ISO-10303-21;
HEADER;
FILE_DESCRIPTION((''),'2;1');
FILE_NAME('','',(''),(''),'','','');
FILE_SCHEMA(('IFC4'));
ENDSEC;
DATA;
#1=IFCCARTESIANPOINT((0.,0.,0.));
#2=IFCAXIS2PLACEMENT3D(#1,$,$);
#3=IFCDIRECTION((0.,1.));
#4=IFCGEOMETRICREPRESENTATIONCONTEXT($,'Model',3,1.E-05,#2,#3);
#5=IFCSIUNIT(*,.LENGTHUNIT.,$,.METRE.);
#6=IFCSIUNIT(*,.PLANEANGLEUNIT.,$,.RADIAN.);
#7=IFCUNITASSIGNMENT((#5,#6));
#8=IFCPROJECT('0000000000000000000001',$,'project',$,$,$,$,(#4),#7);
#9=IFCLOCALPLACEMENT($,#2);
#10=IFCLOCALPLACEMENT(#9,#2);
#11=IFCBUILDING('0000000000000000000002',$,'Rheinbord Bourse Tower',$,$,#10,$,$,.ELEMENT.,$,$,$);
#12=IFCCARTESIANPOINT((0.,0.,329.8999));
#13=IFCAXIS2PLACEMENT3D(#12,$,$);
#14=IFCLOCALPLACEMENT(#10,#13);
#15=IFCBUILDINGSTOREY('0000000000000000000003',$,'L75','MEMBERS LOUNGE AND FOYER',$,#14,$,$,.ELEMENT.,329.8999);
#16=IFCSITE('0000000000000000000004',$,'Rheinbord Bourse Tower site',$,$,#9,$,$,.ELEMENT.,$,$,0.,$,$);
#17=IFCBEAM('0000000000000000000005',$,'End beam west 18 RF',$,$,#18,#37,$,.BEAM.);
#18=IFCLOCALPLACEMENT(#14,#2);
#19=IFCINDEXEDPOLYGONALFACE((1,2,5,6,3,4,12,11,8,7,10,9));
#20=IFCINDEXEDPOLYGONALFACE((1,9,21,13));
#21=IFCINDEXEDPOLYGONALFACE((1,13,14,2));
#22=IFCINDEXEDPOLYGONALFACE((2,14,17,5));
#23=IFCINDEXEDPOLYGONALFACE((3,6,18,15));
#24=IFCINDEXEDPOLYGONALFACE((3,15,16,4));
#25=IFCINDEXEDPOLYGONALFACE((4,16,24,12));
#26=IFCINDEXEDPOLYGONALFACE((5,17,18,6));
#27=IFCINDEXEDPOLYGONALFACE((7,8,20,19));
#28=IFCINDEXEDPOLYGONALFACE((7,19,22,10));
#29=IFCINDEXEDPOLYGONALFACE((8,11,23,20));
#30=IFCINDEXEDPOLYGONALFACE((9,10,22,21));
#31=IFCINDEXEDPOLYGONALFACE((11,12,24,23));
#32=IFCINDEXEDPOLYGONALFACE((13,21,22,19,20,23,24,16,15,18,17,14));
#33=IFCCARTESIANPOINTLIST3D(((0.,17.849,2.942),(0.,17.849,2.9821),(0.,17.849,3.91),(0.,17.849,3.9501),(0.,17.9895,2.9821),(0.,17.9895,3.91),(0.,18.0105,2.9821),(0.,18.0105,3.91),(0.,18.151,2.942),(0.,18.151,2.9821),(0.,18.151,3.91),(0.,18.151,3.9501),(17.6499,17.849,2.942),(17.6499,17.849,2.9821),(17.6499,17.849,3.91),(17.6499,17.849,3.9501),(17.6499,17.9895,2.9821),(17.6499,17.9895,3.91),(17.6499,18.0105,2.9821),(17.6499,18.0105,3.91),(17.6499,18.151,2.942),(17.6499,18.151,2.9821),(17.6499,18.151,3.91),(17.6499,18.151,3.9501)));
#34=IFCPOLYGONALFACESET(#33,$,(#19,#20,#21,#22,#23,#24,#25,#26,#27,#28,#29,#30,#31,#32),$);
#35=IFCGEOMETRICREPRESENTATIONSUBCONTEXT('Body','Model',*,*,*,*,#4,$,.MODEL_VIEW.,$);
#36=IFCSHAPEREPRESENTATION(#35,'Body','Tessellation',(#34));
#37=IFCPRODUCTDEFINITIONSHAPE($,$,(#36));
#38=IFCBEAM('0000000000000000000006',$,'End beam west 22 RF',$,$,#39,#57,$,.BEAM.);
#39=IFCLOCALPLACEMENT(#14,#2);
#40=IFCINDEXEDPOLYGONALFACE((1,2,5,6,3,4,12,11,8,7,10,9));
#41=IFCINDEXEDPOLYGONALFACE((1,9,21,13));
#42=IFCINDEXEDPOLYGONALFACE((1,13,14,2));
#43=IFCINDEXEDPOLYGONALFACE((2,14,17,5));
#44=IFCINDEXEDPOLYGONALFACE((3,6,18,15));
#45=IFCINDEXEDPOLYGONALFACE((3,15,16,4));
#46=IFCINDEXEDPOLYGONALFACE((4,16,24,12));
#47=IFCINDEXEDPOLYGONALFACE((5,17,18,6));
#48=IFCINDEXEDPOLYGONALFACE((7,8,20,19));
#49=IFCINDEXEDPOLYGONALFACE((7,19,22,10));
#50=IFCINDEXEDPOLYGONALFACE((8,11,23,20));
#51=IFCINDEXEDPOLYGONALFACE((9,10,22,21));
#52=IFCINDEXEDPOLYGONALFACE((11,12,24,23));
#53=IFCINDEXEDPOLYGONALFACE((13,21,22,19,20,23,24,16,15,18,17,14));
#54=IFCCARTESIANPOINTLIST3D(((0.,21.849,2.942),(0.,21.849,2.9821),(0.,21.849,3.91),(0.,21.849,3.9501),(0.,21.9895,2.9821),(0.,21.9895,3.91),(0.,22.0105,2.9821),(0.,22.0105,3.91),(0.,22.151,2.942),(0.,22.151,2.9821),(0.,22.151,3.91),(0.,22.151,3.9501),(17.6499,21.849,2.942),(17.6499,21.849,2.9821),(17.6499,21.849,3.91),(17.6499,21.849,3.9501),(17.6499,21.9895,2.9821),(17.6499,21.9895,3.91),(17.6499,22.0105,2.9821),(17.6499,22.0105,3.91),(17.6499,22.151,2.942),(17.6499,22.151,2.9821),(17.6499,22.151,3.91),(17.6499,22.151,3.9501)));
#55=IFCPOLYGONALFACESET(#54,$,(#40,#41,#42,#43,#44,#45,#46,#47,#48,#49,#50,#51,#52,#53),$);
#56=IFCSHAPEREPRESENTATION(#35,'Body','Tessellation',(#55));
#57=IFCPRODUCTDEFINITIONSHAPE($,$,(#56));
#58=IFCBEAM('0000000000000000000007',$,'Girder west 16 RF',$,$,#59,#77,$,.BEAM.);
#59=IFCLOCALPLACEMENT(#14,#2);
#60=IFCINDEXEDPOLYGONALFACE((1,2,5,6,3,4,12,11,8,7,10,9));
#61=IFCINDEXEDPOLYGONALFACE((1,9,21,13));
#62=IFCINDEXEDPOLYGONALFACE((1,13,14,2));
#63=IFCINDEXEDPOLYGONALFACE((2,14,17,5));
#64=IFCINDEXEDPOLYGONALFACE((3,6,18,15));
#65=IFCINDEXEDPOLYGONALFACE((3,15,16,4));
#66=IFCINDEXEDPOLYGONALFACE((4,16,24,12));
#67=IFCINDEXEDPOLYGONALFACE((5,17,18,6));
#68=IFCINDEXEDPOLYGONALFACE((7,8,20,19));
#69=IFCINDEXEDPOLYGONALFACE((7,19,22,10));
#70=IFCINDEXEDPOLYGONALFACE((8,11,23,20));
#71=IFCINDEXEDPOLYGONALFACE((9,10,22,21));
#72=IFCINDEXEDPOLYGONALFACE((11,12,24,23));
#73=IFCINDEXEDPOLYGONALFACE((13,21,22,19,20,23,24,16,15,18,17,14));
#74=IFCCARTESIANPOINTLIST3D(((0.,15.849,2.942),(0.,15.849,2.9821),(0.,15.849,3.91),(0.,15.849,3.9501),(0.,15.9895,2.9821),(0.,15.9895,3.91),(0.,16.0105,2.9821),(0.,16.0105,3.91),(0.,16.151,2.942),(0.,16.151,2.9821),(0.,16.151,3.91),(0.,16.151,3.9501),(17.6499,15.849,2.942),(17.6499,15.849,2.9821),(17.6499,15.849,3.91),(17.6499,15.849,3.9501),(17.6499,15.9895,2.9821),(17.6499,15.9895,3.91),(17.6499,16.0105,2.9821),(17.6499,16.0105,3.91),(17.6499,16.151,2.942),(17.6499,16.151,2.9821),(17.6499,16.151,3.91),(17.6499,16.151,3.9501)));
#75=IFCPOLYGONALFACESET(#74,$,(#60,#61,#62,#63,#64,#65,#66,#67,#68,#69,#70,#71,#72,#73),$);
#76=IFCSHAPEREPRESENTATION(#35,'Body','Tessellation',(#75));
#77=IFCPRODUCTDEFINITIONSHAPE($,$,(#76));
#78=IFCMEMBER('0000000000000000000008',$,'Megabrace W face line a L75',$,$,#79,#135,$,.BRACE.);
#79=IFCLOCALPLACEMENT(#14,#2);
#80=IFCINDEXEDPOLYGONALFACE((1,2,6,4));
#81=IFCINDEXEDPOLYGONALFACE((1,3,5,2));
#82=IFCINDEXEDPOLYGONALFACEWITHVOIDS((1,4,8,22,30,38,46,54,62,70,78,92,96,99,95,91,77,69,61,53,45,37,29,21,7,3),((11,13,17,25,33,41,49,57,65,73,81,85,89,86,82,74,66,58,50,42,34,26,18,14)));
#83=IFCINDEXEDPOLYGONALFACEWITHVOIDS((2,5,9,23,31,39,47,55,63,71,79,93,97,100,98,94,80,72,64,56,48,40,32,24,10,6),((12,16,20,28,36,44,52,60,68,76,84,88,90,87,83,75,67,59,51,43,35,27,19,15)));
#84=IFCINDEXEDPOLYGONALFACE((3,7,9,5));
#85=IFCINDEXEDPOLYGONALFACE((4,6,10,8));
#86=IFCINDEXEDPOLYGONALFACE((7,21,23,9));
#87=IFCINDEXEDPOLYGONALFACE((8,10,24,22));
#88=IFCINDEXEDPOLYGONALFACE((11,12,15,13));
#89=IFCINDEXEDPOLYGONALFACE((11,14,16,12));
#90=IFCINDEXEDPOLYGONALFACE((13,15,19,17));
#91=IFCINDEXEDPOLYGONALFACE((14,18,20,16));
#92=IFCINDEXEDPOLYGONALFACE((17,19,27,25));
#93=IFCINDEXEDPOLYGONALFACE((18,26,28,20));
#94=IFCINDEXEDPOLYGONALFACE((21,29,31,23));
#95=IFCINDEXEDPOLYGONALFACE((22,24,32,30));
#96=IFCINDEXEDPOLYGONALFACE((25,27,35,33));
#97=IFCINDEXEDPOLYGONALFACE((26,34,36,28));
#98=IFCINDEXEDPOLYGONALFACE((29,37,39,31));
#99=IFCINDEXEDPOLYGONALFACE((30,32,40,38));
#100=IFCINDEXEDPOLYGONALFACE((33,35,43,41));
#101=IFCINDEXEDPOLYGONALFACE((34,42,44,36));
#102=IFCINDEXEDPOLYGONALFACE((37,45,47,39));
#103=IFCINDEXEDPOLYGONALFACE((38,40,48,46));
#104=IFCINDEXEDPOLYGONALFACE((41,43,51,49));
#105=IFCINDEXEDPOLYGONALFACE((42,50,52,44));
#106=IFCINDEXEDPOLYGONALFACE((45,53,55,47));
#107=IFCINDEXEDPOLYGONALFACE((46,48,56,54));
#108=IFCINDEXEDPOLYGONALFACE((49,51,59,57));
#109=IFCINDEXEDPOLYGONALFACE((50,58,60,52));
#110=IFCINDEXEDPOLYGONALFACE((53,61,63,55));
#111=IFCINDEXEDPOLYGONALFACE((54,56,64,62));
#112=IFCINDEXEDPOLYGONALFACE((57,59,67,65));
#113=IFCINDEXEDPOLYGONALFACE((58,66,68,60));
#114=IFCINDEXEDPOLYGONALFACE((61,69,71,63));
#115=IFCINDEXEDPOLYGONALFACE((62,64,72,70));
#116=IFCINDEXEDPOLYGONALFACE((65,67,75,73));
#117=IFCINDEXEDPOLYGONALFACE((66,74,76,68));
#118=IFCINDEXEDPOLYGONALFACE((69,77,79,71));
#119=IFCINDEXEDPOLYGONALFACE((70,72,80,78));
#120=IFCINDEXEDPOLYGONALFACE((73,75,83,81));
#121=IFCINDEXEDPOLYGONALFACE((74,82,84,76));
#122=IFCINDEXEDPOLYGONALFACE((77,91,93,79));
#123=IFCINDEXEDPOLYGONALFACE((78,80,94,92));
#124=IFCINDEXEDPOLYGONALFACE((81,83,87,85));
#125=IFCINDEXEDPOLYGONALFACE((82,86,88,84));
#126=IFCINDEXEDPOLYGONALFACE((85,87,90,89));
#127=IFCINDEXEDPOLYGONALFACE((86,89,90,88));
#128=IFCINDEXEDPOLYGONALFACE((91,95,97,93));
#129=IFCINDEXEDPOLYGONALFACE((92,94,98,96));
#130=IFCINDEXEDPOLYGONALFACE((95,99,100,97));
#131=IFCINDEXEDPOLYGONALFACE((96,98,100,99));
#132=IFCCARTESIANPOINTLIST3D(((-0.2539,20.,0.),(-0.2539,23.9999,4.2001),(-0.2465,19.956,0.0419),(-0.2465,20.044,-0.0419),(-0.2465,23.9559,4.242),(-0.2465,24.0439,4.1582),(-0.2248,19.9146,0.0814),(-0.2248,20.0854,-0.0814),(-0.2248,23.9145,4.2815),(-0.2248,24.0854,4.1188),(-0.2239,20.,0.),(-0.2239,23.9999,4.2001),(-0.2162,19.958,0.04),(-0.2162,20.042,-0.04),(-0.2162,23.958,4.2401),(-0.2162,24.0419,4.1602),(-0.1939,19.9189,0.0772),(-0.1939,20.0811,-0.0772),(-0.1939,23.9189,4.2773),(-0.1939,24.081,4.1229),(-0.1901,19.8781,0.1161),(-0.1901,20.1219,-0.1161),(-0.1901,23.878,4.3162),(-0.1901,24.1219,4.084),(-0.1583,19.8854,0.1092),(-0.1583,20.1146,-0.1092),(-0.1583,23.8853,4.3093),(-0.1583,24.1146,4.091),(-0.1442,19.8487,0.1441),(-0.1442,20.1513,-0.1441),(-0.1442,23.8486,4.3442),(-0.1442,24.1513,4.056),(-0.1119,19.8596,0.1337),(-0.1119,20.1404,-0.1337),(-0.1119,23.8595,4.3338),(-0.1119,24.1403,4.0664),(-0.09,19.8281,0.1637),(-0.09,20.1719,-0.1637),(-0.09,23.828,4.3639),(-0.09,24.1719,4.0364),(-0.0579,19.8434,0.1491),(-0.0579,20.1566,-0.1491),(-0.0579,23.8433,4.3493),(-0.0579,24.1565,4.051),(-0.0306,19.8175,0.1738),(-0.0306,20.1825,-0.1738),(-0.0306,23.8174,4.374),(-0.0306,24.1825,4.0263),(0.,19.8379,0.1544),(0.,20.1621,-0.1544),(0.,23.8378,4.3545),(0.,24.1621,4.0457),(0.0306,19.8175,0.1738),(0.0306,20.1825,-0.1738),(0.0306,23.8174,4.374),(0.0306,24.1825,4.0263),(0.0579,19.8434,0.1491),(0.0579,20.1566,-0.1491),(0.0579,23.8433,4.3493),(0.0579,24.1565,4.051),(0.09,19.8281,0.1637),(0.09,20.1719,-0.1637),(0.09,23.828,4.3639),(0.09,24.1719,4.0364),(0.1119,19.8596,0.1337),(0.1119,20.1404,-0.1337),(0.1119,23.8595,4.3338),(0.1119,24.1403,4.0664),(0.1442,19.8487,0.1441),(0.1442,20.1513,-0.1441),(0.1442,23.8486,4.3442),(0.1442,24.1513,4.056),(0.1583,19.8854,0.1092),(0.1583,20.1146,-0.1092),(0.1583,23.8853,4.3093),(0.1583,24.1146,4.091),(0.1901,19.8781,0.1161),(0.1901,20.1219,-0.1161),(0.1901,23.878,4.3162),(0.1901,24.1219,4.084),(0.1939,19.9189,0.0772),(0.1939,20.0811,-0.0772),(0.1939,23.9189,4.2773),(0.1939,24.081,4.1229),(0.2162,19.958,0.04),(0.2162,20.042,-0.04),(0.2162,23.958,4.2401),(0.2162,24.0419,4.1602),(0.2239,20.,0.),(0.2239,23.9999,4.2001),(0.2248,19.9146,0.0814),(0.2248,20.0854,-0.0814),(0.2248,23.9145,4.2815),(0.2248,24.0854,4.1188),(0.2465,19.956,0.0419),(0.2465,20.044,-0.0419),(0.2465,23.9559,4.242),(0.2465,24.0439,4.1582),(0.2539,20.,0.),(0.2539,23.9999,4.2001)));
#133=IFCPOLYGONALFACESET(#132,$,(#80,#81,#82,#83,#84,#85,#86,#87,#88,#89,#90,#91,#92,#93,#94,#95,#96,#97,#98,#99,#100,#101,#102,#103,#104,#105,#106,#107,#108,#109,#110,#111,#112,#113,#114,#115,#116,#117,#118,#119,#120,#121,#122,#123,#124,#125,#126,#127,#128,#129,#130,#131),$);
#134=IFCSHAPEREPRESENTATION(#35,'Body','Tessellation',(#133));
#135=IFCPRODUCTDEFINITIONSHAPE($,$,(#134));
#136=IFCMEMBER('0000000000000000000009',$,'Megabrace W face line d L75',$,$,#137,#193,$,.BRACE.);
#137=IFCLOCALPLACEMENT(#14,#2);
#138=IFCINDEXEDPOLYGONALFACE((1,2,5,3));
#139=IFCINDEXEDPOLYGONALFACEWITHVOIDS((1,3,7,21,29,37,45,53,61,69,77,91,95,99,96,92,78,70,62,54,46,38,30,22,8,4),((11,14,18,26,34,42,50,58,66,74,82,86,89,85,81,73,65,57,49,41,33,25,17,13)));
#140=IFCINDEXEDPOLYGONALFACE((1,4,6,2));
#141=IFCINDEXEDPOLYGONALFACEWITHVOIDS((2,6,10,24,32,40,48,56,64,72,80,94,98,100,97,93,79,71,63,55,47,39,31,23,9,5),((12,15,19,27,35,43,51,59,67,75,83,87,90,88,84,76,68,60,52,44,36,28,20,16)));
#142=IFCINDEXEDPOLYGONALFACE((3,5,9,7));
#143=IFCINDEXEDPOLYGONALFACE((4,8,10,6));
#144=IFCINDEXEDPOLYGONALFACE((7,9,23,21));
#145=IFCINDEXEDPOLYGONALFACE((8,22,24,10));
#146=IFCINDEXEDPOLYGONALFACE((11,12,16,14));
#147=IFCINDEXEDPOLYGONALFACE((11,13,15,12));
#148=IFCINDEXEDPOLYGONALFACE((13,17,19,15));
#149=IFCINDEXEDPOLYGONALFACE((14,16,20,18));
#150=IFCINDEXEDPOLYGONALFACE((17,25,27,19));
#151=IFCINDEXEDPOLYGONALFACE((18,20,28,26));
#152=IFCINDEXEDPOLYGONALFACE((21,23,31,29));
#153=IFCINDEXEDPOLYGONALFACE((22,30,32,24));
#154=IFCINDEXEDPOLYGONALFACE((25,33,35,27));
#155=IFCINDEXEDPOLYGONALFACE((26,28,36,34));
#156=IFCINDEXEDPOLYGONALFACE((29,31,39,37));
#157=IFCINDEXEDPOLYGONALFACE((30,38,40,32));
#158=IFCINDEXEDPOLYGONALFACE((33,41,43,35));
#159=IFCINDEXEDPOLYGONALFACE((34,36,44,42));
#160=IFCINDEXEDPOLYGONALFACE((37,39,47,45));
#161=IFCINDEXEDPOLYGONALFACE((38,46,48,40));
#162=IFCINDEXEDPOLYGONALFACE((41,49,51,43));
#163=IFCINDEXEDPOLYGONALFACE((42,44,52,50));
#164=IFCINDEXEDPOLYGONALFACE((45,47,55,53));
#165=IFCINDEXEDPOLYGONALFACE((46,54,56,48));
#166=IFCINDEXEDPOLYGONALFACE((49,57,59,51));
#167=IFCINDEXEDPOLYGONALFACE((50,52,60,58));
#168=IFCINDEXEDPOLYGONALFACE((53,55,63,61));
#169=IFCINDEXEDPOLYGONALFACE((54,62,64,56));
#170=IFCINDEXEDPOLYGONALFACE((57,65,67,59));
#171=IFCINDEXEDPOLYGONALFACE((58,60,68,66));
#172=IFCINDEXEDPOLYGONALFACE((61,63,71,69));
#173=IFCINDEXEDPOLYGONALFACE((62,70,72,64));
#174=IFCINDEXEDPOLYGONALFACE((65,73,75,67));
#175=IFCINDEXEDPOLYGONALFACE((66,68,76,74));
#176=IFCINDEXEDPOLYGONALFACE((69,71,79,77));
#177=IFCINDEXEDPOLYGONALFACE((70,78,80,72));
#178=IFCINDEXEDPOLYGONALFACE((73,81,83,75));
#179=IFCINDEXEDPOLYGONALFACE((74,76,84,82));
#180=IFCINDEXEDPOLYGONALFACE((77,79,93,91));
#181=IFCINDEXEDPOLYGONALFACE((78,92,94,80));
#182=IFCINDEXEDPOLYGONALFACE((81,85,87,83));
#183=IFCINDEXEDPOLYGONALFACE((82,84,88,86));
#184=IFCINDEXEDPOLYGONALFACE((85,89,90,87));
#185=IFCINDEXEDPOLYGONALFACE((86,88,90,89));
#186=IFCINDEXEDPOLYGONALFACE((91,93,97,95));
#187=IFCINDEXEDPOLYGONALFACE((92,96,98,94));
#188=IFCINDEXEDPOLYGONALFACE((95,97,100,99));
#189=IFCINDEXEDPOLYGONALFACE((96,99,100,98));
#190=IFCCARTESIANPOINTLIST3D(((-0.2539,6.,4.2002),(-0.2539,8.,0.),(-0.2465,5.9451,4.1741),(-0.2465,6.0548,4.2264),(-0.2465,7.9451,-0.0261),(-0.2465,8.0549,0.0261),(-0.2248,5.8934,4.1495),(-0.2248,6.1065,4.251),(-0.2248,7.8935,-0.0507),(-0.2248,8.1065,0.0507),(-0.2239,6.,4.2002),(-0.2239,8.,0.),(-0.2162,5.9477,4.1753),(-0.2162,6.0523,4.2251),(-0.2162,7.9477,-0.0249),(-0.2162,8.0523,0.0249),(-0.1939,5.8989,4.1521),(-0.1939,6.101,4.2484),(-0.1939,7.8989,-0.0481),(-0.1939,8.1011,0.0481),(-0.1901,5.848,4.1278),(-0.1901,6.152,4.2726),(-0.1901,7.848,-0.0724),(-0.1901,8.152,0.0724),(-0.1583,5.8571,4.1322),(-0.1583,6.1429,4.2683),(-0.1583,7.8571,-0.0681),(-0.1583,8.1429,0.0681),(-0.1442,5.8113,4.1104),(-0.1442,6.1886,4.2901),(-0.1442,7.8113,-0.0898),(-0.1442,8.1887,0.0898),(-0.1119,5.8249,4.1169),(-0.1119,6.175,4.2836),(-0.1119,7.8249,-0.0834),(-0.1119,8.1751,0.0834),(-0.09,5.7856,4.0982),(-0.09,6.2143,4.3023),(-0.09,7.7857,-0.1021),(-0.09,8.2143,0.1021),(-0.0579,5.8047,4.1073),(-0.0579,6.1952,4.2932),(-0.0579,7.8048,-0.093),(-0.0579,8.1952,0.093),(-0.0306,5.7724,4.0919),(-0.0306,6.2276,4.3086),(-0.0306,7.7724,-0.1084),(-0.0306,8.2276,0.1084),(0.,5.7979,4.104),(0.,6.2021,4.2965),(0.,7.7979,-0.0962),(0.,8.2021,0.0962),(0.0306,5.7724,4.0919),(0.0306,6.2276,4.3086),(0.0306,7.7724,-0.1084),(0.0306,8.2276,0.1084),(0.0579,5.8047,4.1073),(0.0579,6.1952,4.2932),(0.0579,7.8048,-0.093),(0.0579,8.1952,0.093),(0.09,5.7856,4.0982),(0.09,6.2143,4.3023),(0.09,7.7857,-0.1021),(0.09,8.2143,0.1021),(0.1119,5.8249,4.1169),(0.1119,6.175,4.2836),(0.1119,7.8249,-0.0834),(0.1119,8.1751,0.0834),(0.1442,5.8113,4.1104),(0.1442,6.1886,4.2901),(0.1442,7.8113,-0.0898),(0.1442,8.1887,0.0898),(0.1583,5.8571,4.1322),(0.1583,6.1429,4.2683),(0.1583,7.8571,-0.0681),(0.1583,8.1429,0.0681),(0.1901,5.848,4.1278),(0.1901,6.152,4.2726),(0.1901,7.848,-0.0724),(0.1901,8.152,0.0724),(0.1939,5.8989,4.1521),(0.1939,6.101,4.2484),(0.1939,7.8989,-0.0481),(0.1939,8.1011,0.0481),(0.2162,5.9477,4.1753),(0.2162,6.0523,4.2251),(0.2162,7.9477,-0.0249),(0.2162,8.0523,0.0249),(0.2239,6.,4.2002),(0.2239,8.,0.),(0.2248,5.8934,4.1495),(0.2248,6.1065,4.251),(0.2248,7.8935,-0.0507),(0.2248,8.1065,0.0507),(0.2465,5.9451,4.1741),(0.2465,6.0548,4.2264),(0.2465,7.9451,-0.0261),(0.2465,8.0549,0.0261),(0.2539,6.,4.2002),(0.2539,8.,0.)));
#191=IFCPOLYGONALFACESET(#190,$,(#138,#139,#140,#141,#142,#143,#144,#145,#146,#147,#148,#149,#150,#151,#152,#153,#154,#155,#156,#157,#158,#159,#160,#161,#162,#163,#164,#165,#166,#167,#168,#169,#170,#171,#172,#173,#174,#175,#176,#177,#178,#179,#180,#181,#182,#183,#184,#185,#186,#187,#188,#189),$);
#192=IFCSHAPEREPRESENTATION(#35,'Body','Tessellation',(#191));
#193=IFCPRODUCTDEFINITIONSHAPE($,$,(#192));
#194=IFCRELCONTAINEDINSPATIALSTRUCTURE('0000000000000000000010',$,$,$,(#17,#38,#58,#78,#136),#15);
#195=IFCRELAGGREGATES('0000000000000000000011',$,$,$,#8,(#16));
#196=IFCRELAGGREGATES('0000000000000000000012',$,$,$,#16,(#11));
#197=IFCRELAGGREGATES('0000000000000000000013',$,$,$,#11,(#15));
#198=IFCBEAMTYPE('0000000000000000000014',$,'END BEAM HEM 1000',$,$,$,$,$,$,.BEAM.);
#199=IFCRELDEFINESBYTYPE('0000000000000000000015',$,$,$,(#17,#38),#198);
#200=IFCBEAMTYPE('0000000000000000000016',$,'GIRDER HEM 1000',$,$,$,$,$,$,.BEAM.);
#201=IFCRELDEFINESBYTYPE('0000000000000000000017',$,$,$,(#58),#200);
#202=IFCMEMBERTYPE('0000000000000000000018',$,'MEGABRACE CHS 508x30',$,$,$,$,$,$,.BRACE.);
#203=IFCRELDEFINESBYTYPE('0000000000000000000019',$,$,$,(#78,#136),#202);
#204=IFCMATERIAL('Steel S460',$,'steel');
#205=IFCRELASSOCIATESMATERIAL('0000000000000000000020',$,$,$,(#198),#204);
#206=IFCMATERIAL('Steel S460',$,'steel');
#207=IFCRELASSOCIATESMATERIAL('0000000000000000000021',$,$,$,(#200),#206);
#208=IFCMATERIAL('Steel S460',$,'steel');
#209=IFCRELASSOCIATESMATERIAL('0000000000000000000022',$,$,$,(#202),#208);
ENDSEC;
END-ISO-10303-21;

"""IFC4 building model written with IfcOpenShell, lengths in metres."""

from ifc_helpers import new_model, si_unit, direction, frame, origin, origin_2d, place, context, subcontext, project, spatial, hollow_circle, i_section, extrude, material, material_profile, profile_set, type_object, element, save


model = new_model("IFC4")

# Units and contexts
model_context = context("Model", 3, precision=1e-05, world=origin(), true_north=direction((0.0, 1.0)))
body_context = subcontext(model_context, "Body", "Model", "MODEL_VIEW")
ifc_project = project(units=[si_unit("LENGTHUNIT", "METRE"), si_unit("PLANEANGLEUNIT", "RADIAN")], contexts=[model_context])

# Site, building, storey
site_placement = place(None, origin())
site = spatial("IfcSite", under=ifc_project, at=site_placement, Name="Rheinbord Bourse Tower site", CompositionType="ELEMENT", RefElevation=0.0)
building_placement = place(site_placement, origin())
building = spatial("IfcBuilding", under=site, at=building_placement, Name="Rheinbord Bourse Tower", CompositionType="ELEMENT")
storey_placement = place(building_placement, frame((0.0, 0.0, 329.8999)))
storey = spatial("IfcBuildingStorey", under=building, at=storey_placement, Name="L75", Description="MEMBERS LOUNGE AND FOYER", CompositionType="ELEMENT", Elevation=329.8999)

# Beams
ifc_material_1 = material(Name="Steel S460", Category="steel")
ifc_material_profile_1 = material_profile(ifc_material_1, i_section(OverallWidth=0.302, OverallDepth=1.0081, WebThickness=0.021, FlangeThickness=0.04, at=origin_2d()), Name="HEM 1000")
ifc_profile_set_1 = profile_set([ifc_material_profile_1], Name="Steel S460")
beam_type_1 = type_object("IfcBeamType", Name="END BEAM HEM 1000", PredefinedType="BEAM", material=ifc_profile_set_1)
for number, where, z_axis, x_axis, name in (
    (1, (0.0, 18.0, 3.446), (1.0, 0.0, 0.0), (0.0, 1.0, 0.0), "End beam west 18 RF"),
    (2, (0.0, 22.0, 3.446), (1.0, 0.0, 0.0), (0.0, 1.0, 0.0), "End beam west 22 RF"),
):
    element("IfcBeam", number, at=place(storey_placement, frame(where, z_axis=z_axis, x_axis=x_axis)), inside=storey, type_object=beam_type_1, Name=name, PredefinedType="BEAM", context=body_context, shape_type="SweptSolid", body=[
        extrude(i_section(OverallWidth=0.302, OverallDepth=1.0081, WebThickness=0.021, FlangeThickness=0.04, at=origin_2d()), origin(), (0.0, 0.0, 1.0), 17.6499),
    ])
ifc_material_2 = material(Name="Steel S460", Category="steel")
ifc_material_profile_2 = material_profile(ifc_material_2, i_section(OverallWidth=0.302, OverallDepth=1.0081, WebThickness=0.021, FlangeThickness=0.04, at=origin_2d()), Name="HEM 1000")
ifc_profile_set_2 = profile_set([ifc_material_profile_2], Name="Steel S460")
beam_type_2 = type_object("IfcBeamType", Name="GIRDER HEM 1000", PredefinedType="BEAM", material=ifc_profile_set_2)
beam_1_placement = place(storey_placement, frame((0.0, 16.0, 3.446), z_axis=(1.0, 0.0, 0.0), x_axis=(0.0, 1.0, 0.0)))
element("IfcBeam", 3, at=beam_1_placement, inside=storey, type_object=beam_type_2, Name="Girder west 16 RF", PredefinedType="BEAM", context=body_context, shape_type="SweptSolid", body=[
    extrude(i_section(OverallWidth=0.302, OverallDepth=1.0081, WebThickness=0.021, FlangeThickness=0.04, at=origin_2d()), origin(), (0.0, 0.0, 1.0), 17.6499),
])

# Members
ifc_material_3 = material(Name="Steel S460", Category="steel")
ifc_material_profile_3 = material_profile(ifc_material_3, hollow_circle(Radius=0.2539, WallThickness=0.03, at=origin_2d()), Name="CHS 508x30")
ifc_profile_set_3 = profile_set([ifc_material_profile_3], Name="Steel S460")
member_type_1 = type_object("IfcMemberType", Name="MEGABRACE CHS 508x30", PredefinedType="BRACE", material=ifc_profile_set_3)
member_1_placement = place(storey_placement, frame((0.0, 20.0, 0.0), z_axis=(0.0, 0.689638, 0.724154), x_axis=(-1.0, 0.0, 0.0)))
element("IfcMember", 4, at=member_1_placement, inside=storey, type_object=member_type_1, Name="Megabrace W face line a L75", PredefinedType="BRACE", context=body_context, shape_type="SweptSolid", body=[
    extrude(hollow_circle(Radius=0.2539, WallThickness=0.03, at=origin_2d()), origin(), (0.0, 0.0, 1.0), 5.8),
])
member_2_placement = place(storey_placement, frame((0.0, 8.0, 0.0), z_axis=(0.0, -0.429917, 0.902868), x_axis=(1.0, 0.0, 0.0)))
element("IfcMember", 5, at=member_2_placement, inside=storey, type_object=member_type_1, Name="Megabrace W face line d L75", PredefinedType="BRACE", context=body_context, shape_type="SweptSolid", body=[
    extrude(hollow_circle(Radius=0.2539, WallThickness=0.03, at=origin_2d()), origin(), (0.0, 0.0, 1.0), 4.6521),
])

save(model, "model.ifc")
